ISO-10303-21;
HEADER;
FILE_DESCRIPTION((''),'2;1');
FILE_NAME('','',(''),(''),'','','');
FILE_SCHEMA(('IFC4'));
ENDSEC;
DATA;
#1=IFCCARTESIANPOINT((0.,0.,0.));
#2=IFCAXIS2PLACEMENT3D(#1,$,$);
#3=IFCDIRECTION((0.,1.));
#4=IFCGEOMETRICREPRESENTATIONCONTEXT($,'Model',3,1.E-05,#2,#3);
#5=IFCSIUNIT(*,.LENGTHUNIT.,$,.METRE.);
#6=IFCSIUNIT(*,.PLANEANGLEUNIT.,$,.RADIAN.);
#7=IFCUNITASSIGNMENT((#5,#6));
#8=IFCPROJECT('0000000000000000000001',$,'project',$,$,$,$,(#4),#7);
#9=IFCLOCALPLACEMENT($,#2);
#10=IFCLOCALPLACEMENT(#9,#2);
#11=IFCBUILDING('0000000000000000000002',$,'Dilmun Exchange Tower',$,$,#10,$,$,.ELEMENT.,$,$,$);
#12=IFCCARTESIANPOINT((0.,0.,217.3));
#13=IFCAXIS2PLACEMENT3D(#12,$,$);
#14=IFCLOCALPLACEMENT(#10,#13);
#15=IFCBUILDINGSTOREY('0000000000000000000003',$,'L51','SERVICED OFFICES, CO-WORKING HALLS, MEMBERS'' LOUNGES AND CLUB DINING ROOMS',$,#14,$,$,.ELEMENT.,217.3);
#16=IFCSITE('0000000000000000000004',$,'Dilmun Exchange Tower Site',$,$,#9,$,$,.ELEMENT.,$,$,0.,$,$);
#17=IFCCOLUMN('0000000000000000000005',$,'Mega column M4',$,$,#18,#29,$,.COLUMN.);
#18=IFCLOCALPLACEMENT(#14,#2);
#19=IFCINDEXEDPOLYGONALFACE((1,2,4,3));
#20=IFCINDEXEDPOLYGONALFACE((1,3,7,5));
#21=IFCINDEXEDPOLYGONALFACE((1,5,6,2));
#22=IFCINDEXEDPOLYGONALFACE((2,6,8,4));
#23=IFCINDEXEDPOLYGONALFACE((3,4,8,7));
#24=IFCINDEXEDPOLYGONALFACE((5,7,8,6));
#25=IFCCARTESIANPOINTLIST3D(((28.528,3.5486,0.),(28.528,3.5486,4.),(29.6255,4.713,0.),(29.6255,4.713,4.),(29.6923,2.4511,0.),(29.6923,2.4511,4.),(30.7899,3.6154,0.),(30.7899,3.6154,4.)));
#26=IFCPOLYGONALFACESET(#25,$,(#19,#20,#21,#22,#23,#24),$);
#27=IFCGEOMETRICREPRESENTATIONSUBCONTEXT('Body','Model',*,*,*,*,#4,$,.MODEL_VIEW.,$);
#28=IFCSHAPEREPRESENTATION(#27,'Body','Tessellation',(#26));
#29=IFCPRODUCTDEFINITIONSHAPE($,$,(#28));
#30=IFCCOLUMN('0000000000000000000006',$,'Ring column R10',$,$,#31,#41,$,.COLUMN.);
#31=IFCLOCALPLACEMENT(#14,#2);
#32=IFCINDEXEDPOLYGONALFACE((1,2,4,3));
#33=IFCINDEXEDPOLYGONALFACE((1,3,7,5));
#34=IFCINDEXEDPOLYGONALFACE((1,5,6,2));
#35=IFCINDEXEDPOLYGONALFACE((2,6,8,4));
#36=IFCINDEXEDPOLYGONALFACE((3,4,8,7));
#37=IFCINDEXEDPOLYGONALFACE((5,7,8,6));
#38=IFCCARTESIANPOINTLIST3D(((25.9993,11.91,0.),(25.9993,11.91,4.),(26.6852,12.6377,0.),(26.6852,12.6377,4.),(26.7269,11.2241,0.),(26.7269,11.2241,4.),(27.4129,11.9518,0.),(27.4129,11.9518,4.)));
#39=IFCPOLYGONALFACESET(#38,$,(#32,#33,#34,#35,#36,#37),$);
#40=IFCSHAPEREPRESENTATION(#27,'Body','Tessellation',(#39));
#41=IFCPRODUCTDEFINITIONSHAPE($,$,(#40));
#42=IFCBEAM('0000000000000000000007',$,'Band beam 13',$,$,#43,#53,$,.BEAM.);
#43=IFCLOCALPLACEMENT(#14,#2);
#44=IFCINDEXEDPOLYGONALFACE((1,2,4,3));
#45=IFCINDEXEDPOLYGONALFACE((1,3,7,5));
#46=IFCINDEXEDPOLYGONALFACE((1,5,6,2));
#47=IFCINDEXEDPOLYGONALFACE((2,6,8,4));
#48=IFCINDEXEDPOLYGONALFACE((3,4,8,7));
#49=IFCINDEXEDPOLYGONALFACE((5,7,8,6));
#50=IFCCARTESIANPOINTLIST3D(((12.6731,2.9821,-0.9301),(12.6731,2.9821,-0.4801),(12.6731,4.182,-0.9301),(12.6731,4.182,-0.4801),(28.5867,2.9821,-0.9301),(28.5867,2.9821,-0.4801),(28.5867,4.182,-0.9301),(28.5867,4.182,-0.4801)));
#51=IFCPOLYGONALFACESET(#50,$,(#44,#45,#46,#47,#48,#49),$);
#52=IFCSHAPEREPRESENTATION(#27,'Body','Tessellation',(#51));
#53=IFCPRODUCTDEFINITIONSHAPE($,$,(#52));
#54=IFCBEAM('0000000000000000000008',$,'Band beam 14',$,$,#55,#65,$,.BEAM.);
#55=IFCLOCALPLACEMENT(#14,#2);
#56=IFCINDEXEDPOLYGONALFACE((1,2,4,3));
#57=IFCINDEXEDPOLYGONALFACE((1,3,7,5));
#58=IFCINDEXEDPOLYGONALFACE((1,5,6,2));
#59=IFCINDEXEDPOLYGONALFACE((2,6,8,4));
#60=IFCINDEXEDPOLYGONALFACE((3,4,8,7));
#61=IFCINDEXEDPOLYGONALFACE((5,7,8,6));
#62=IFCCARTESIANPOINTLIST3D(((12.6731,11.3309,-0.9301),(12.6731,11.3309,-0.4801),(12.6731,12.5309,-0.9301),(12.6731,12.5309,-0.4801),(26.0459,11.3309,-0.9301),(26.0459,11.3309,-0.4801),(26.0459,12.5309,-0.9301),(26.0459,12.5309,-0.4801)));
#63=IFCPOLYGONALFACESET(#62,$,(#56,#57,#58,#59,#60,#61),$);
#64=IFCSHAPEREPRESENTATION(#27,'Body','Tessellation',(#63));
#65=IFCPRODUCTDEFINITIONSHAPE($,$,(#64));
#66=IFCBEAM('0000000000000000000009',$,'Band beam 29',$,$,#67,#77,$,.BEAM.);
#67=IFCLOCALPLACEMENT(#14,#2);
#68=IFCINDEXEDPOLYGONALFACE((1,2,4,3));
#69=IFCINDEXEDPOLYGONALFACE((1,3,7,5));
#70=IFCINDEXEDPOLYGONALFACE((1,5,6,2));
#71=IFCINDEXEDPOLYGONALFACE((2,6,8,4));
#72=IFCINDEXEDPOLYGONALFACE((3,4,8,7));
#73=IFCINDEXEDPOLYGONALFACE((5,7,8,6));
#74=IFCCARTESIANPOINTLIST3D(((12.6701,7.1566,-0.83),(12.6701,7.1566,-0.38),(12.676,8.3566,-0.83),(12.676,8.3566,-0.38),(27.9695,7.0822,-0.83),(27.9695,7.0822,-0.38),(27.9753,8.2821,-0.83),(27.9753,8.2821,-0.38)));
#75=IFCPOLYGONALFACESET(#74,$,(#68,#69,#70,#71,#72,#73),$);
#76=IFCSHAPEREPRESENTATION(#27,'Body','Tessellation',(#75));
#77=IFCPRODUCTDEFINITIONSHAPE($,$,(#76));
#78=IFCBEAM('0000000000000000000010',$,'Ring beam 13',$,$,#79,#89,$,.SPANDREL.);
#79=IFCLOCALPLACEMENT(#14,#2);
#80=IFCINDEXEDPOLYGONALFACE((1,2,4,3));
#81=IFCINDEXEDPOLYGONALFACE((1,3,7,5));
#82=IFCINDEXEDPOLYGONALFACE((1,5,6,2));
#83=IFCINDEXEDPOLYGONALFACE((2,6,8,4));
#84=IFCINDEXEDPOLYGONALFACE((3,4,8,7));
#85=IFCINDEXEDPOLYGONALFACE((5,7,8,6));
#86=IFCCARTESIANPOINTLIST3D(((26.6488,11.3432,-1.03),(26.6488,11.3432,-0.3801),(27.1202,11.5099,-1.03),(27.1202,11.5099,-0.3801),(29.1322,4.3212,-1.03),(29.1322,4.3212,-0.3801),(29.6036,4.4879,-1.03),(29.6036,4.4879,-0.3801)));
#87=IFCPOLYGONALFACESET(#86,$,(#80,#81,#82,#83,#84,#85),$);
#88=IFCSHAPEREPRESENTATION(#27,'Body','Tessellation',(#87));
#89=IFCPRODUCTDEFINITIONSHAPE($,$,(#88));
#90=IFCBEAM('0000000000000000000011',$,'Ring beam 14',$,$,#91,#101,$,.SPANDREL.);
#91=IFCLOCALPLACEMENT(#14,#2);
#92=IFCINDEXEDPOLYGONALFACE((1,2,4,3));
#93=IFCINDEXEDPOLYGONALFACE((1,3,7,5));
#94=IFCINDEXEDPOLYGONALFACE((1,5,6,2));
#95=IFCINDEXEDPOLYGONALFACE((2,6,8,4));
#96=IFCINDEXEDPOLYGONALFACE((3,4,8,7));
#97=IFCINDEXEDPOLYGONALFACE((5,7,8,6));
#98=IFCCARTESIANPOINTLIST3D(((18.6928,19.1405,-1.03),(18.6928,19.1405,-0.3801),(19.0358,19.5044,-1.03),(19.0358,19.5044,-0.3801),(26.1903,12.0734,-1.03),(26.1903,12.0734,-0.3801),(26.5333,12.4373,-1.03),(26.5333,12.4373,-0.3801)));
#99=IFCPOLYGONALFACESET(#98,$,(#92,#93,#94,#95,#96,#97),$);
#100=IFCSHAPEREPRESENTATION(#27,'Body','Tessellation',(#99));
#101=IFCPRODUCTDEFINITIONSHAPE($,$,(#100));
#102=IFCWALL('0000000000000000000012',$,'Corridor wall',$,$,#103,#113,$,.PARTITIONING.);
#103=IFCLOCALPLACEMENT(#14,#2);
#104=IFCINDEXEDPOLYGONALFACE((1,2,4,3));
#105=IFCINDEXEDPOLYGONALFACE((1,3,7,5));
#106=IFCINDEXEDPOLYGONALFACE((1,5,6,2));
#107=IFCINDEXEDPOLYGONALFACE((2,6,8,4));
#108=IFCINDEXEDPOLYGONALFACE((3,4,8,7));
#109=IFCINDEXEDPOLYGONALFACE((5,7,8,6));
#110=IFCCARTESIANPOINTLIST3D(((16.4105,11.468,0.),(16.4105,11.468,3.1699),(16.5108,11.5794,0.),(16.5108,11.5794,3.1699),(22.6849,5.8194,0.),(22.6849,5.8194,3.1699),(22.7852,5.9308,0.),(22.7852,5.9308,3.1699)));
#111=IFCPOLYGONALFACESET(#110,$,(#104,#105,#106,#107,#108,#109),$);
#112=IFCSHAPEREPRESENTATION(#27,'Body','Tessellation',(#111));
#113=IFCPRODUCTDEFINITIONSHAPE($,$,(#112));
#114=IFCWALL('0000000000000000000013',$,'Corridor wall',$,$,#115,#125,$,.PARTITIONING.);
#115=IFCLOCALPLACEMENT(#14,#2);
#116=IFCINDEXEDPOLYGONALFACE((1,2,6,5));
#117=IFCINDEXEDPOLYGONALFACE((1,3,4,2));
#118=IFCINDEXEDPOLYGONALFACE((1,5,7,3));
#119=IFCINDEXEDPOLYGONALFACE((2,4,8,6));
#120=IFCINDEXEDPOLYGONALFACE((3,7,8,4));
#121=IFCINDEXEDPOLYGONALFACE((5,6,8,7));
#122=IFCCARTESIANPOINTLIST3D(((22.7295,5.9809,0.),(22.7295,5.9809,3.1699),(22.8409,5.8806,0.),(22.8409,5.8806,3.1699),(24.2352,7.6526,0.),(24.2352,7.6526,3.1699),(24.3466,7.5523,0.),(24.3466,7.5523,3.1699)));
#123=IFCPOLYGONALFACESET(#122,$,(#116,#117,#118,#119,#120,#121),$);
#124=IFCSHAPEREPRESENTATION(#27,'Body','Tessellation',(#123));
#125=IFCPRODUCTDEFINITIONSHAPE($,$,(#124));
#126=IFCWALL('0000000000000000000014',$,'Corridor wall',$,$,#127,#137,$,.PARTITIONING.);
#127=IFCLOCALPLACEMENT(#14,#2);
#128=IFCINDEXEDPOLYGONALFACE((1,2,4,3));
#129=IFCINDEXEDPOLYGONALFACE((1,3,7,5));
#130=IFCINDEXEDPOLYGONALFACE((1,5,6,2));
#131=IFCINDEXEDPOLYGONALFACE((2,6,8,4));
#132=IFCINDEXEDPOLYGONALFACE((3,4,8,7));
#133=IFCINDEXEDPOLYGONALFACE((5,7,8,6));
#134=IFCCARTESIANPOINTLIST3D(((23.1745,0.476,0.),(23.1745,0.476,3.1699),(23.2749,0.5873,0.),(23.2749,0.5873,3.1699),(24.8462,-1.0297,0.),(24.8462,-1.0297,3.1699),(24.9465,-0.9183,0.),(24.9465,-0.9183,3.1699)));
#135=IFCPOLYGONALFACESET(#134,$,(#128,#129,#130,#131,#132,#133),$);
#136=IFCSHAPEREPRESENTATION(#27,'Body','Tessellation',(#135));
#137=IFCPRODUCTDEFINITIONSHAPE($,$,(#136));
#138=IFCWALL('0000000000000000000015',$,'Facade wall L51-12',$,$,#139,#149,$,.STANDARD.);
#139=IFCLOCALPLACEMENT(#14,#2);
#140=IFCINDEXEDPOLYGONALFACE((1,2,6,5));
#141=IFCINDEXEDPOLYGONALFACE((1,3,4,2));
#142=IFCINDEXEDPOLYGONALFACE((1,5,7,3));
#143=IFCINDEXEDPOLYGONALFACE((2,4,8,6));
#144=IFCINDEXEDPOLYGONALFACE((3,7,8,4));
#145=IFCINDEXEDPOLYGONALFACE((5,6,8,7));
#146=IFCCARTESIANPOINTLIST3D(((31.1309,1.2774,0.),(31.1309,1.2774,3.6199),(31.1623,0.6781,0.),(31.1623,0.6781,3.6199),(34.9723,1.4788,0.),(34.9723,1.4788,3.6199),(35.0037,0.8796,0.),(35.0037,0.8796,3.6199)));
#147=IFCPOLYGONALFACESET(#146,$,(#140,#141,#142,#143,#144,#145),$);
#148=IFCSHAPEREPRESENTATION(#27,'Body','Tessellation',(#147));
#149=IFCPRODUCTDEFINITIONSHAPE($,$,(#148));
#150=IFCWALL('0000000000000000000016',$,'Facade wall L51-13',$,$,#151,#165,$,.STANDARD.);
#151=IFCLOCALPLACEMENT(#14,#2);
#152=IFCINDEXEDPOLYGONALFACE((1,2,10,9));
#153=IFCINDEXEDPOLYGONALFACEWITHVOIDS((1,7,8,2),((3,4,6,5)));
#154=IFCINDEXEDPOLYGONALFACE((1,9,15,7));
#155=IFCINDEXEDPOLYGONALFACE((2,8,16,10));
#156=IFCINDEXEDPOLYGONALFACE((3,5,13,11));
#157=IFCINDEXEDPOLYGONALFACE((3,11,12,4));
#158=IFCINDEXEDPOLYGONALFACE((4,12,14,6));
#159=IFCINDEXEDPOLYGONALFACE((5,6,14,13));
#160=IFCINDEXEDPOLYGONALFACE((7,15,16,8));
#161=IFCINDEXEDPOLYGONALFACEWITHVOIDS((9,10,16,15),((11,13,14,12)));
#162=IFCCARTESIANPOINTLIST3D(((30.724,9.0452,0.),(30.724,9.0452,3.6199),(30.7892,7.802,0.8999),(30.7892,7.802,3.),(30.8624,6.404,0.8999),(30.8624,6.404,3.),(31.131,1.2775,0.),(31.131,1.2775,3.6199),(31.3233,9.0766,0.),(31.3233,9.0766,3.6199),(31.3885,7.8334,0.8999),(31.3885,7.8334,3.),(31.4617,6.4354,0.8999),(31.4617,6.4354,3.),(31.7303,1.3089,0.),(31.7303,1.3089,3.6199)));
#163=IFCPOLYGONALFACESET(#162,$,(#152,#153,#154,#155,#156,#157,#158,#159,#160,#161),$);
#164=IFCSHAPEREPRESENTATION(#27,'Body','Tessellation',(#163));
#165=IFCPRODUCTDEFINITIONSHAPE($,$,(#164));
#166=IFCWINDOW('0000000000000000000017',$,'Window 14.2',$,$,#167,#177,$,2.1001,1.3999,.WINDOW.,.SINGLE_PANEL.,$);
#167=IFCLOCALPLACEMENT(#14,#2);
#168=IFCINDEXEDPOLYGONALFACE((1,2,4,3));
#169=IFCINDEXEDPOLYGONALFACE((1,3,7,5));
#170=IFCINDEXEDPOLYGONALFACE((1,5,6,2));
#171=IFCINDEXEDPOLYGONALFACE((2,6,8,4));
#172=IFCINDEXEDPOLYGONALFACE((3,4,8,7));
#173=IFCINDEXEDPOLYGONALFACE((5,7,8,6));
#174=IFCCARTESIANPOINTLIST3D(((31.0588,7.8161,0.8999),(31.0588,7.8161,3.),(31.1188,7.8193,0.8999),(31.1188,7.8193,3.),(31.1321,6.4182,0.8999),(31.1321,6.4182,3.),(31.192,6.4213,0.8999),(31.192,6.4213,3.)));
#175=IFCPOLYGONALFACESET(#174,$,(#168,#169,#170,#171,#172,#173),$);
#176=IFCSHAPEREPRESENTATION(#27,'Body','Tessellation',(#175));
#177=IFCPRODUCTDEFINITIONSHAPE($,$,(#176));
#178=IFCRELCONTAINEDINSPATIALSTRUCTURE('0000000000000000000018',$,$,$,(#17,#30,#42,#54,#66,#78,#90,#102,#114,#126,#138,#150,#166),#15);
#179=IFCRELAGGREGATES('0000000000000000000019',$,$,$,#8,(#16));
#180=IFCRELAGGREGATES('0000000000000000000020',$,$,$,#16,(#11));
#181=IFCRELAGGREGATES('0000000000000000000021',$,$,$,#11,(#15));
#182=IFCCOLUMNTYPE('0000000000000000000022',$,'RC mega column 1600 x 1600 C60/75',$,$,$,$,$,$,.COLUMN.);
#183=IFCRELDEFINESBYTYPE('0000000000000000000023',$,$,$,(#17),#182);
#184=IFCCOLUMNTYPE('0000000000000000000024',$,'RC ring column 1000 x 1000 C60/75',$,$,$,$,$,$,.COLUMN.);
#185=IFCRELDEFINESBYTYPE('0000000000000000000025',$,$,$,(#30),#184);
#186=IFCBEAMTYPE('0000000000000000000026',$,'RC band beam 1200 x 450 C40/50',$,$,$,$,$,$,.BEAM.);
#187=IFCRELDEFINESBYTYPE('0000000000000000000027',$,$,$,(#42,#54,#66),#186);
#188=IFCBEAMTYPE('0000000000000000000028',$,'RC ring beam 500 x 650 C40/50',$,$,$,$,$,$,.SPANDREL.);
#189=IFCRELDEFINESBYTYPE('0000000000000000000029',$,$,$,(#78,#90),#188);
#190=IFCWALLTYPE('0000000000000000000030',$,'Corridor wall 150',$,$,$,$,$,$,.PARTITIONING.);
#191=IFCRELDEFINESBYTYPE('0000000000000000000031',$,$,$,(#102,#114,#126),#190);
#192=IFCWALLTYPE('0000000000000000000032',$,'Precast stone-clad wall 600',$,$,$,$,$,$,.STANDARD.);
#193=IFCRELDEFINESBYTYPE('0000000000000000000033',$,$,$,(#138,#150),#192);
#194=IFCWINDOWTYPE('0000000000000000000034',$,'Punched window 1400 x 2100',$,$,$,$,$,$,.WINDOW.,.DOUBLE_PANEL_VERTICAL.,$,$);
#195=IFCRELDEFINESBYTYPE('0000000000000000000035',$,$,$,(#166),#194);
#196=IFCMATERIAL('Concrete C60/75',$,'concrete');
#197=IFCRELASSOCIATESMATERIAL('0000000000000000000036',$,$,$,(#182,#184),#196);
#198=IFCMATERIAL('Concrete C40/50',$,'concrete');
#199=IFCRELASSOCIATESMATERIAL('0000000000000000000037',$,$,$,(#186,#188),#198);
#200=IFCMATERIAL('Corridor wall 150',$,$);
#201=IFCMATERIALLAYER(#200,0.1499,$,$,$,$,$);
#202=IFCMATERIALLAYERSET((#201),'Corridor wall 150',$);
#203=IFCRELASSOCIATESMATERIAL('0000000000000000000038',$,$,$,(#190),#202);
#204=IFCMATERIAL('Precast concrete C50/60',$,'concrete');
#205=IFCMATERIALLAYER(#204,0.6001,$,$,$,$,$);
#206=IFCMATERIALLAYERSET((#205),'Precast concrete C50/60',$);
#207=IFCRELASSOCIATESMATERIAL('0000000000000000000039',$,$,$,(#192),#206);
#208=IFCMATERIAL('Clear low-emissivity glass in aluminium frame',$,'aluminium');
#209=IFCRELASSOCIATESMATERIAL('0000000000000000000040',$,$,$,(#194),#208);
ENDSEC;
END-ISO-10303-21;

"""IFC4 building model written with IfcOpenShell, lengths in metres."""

from ifc_helpers import new_model, si_unit, direction, frame, frame_2d, origin, origin_2d, place, context, subcontext, project, spatial, rectangle, extrude, material, layer, layer_set, material_profile, profile_set, type_object, element, fill, save


model = new_model("IFC4")

# Units and contexts
model_context = context("Model", 3, precision=1e-05, world=origin(), true_north=direction((0.0, 1.0)))
body_context = subcontext(model_context, "Body", "Model", "MODEL_VIEW")
ifc_project = project(units=[si_unit("LENGTHUNIT", "METRE"), si_unit("PLANEANGLEUNIT", "RADIAN")], contexts=[model_context])

# Site, building, storey
site_placement = place(None, origin())
site = spatial("IfcSite", under=ifc_project, at=site_placement, Name="Dilmun Exchange Tower Site", CompositionType="ELEMENT", RefElevation=0.0)
building_placement = place(site_placement, origin())
building = spatial("IfcBuilding", under=site, at=building_placement, Name="Dilmun Exchange Tower", CompositionType="ELEMENT")
storey_placement = place(building_placement, frame((0.0, 0.0, 217.3)))
storey = spatial("IfcBuildingStorey", under=building, at=storey_placement, Name="L51", Description="SERVICED OFFICES, CO-WORKING HALLS, MEMBERS' LOUNGES AND CLUB DINING ROOMS", CompositionType="ELEMENT", Elevation=217.3)

# Columns
ifc_material_1 = material(Name="Concrete C60/75", Category="concrete")
ifc_material_profile_1 = material_profile(ifc_material_1, rectangle(XDim=1.6001, YDim=1.6001, at=origin_2d()), Name="1600 x 1600")
ifc_profile_set_1 = profile_set([ifc_material_profile_1], Name="Concrete C60/75")
column_type_1 = type_object("IfcColumnType", Name="RC mega column 1600 x 1600 C60/75", PredefinedType="COLUMN", material=ifc_profile_set_1)
column_1_placement = place(storey_placement, frame((29.6589, 3.582, 0.0), z_axis=(0.0, 0.0, 1.0), x_axis=(0.685916, 0.727681, 0.0)))
element("IfcColumn", 1, at=column_1_placement, inside=storey, type_object=column_type_1, Name="Mega column M4", PredefinedType="COLUMN", context=body_context, shape_type="SweptSolid", body=[
    extrude(rectangle(XDim=1.6001, YDim=1.6001, at=origin_2d()), origin(), (0.0, 0.0, 1.0), 4.0),
])
ifc_material_profile_2 = material_profile(ifc_material_1, rectangle(XDim=1.0, YDim=1.0, at=origin_2d()), Name="1000 x 1000")
ifc_profile_set_2 = profile_set([ifc_material_profile_2], Name="Concrete C60/75")
column_type_2 = type_object("IfcColumnType", Name="RC ring column 1000 x 1000 C60/75", PredefinedType="COLUMN", material=ifc_profile_set_2)
column_2_placement = place(storey_placement, frame((26.7061, 11.9309, 0.0), z_axis=(0.0, 0.0, 1.0), x_axis=(0.685916, 0.727681, 0.0)))
element("IfcColumn", 2, at=column_2_placement, inside=storey, type_object=column_type_2, Name="Ring column R10", PredefinedType="COLUMN", context=body_context, shape_type="SweptSolid", body=[
    extrude(rectangle(XDim=1.0, YDim=1.0, at=origin_2d()), origin(), (0.0, 0.0, 1.0), 4.0),
])

# Beams
ifc_material_2 = material(Name="Concrete C40/50", Category="concrete")
ifc_material_profile_3 = material_profile(ifc_material_2, rectangle(XDim=1.2, YDim=0.45, at=origin_2d()), Name="1200 x 450")
ifc_profile_set_3 = profile_set([ifc_material_profile_3], Name="Concrete C40/50")
beam_type_1 = type_object("IfcBeamType", Name="RC band beam 1200 x 450 C40/50", PredefinedType="BEAM", material=ifc_profile_set_3)
beam_1_placement = place(storey_placement, frame((28.5867, 3.582, -0.7051), z_axis=(-1.0, 0.0, 0.0), x_axis=(0.0, -1.0, 0.0)))
element("IfcBeam", 3, at=beam_1_placement, inside=storey, type_object=beam_type_1, Name="Band beam 13", PredefinedType="BEAM", context=body_context, shape_type="SweptSolid", body=[
    extrude(rectangle(XDim=1.2, YDim=0.45, at=origin_2d()), origin(), (0.0, 0.0, 1.0), 15.9136),
])
beam_2_placement = place(storey_placement, frame((26.0459, 11.9309, -0.7051), z_axis=(-1.0, 0.0, 0.0), x_axis=(0.0, -1.0, 0.0)))
element("IfcBeam", 4, at=beam_2_placement, inside=storey, type_object=beam_type_1, Name="Band beam 14", PredefinedType="BEAM", context=body_context, shape_type="SweptSolid", body=[
    extrude(rectangle(XDim=1.2, YDim=0.45, at=origin_2d()), origin(), (0.0, 0.0, 1.0), 13.3728),
])
beam_3_placement = place(storey_placement, frame((27.9724, 7.6821, -0.605), z_axis=(-0.999988, 0.004867, 0.0), x_axis=(-0.004867, -0.999988, 0.0)))
element("IfcBeam", 5, at=beam_3_placement, inside=storey, type_object=beam_type_1, Name="Band beam 29", PredefinedType="BEAM", context=body_context, shape_type="SweptSolid", body=[
    extrude(rectangle(XDim=1.2, YDim=0.45, at=origin_2d()), origin(), (0.0, 0.0, 1.0), 15.2996),
])
ifc_material_profile_4 = material_profile(ifc_material_2, rectangle(XDim=0.5, YDim=0.6499, at=origin_2d()), Name="500 x 650")
ifc_profile_set_4 = profile_set([ifc_material_profile_4], Name="Concrete C40/50")
beam_type_2 = type_object("IfcBeamType", Name="RC ring beam 500 x 650 C40/50", PredefinedType="SPANDREL", material=ifc_profile_set_4)
beam_4_placement = place(storey_placement, frame((29.3679, 4.4045, -0.7051), z_axis=(-0.333424, 0.942777, 0.0), x_axis=(-0.942777, -0.333424, 0.0)))
element("IfcBeam", 6, at=beam_4_placement, inside=storey, type_object=beam_type_2, Name="Ring beam 13", PredefinedType="SPANDREL", context=body_context, shape_type="SweptSolid", body=[
    extrude(rectangle(XDim=0.5, YDim=0.6499, at=origin_2d()), origin(), (0.0, 0.0, 1.0), 7.4482),
])
beam_5_placement = place(storey_placement, frame((26.3618, 12.2554, -0.7051), z_axis=(-0.727686, 0.685911, 0.0), x_axis=(-0.685911, -0.727686, 0.0)))
element("IfcBeam", 7, at=beam_5_placement, inside=storey, type_object=beam_type_2, Name="Ring beam 14", PredefinedType="SPANDREL", context=body_context, shape_type="SweptSolid", body=[
    extrude(rectangle(XDim=0.5, YDim=0.6499, at=origin_2d()), origin(), (0.0, 0.0, 1.0), 10.3032),
])

# Walls
ifc_material_3 = material(Name="Corridor wall 150")
ifc_layer_1 = layer(ifc_material_3, 0.1499)
ifc_layer_set_1 = layer_set([ifc_layer_1], Name="Corridor wall 150")
wall_type_1 = type_object("IfcWallType", Name="Corridor wall 150", PredefinedType="PARTITIONING", material=ifc_layer_set_1)
wall_1_placement = place(storey_placement, frame((16.4607, 11.5237, 0.0), z_axis=(0.0, 0.0, 1.0), x_axis=(0.743193, -0.669077, 0.0)))
element("IfcWall", 8, at=wall_1_placement, inside=storey, type_object=wall_type_1, Name="Corridor wall", PredefinedType="PARTITIONING", context=body_context, shape_type="SweptSolid", body=[
    extrude(rectangle(XDim=8.4424, YDim=0.1499, at=frame_2d((4.2212, 0.0))), origin(), (0.0, 0.0, 1.0), 3.1699),
])
for number, where, z_axis, x_axis, name in (
    (9, (22.7852, 5.9307, 0.0), (0.0, 0.0, 1.0), (0.669246, 0.74304, 0.0), "Corridor wall"),
    (10, (23.2246, 0.5317, 0.0), (0.0, 0.0, 1.0), (0.74304, -0.669246, 0.0), "Corridor wall"),
):
    element("IfcWall", number, at=place(storey_placement, frame(where, z_axis=z_axis, x_axis=x_axis)), inside=storey, type_object=wall_type_1, Name=name, PredefinedType="PARTITIONING", context=body_context, shape_type="SweptSolid", body=[
        extrude(rectangle(XDim=2.2498, YDim=0.1499, at=frame_2d((1.125, 0.0))), origin(), (0.0, 0.0, 1.0), 3.1699),
    ])
ifc_material_4 = material(Name="Precast concrete C50/60", Category="concrete")
ifc_layer_2 = layer(ifc_material_4, 0.6001)
ifc_layer_set_2 = layer_set([ifc_layer_2], Name="Precast concrete C50/60")
wall_type_2 = type_object("IfcWallType", Name="Precast stone-clad wall 600", PredefinedType="STANDARD", material=ifc_layer_set_2)
wall_2_placement = place(storey_placement, frame((34.988, 1.1792, 0.0), z_axis=(0.0, 0.0, 1.0), x_axis=(-0.998628, -0.052362, 0.0)))
element("IfcWall", 11, at=wall_2_placement, inside=storey, type_object=wall_type_2, Name="Facade wall L51-12", PredefinedType="STANDARD", context=body_context, shape_type="SweptSolid", body=[
    extrude(rectangle(XDim=3.8467, YDim=0.6001, at=frame_2d((1.9233, 0.0))), origin(), (0.0, 0.0, 1.0), 3.6199),
])

# Wall, opening, window
wall_3_placement = place(storey_placement, frame((31.4307, 1.2932, 0.0), z_axis=(0.0, 0.0, 1.0), x_axis=(-0.052323, 0.99863, 0.0)))
wall_3 = element("IfcWall", 12, at=wall_3_placement, inside=storey, type_object=wall_type_2, Name="Facade wall L51-13", PredefinedType="STANDARD", context=body_context, shape_type="SweptSolid", body=[
    extrude(rectangle(XDim=7.7783, YDim=0.6001, at=frame_2d((3.8892, 0.0))), origin(), (0.0, 0.0, 1.0), 3.6199),
])
opening_1_placement = place(wall_3_placement, frame((5.1335, 0.0, 0.8999)))
opening_1 = element("IfcOpeningElement", 13, at=opening_1_placement, cuts=wall_3, PredefinedType="OPENING", context=body_context, shape_type="SweptSolid", body=[
    extrude(rectangle(XDim=1.3999, YDim=2.1001, at=frame_2d((0.7, 1.05))), frame((0.0, 0.3101, 0.0), z_axis=(0.0, -1.0, 0.0), x_axis=(1.0, 0.0, 0.0)), (0.0, 0.0, 1.0), 0.6201),
])
ifc_material_5 = material(Name="Clear low-emissivity glass in aluminium frame", Category="aluminium")
window_type_1 = type_object("IfcWindowType", Name="Punched window 1400 x 2100", PartitioningType="DOUBLE_PANEL_VERTICAL", PredefinedType="WINDOW", material=ifc_material_5)
window_1_placement = place(opening_1_placement, origin())
window_1 = element("IfcWindow", 14, at=window_1_placement, inside=storey, type_object=window_type_1, Name="Window 14.2", OverallHeight=2.1001, OverallWidth=1.3999, PartitioningType="SINGLE_PANEL", PredefinedType="WINDOW", context=body_context, shape_type="SweptSolid", body=[
    extrude(rectangle(XDim=1.3999, YDim=2.1001, at=frame_2d((0.7, 1.05))), frame((0.0, 0.03, 0.0), z_axis=(0.0, -1.0, 0.0), x_axis=(1.0, 0.0, 0.0)), (0.0, 0.0, 1.0), 0.0601),
])
fill(opening_1, window_1)

save(model, "model.ifc")
